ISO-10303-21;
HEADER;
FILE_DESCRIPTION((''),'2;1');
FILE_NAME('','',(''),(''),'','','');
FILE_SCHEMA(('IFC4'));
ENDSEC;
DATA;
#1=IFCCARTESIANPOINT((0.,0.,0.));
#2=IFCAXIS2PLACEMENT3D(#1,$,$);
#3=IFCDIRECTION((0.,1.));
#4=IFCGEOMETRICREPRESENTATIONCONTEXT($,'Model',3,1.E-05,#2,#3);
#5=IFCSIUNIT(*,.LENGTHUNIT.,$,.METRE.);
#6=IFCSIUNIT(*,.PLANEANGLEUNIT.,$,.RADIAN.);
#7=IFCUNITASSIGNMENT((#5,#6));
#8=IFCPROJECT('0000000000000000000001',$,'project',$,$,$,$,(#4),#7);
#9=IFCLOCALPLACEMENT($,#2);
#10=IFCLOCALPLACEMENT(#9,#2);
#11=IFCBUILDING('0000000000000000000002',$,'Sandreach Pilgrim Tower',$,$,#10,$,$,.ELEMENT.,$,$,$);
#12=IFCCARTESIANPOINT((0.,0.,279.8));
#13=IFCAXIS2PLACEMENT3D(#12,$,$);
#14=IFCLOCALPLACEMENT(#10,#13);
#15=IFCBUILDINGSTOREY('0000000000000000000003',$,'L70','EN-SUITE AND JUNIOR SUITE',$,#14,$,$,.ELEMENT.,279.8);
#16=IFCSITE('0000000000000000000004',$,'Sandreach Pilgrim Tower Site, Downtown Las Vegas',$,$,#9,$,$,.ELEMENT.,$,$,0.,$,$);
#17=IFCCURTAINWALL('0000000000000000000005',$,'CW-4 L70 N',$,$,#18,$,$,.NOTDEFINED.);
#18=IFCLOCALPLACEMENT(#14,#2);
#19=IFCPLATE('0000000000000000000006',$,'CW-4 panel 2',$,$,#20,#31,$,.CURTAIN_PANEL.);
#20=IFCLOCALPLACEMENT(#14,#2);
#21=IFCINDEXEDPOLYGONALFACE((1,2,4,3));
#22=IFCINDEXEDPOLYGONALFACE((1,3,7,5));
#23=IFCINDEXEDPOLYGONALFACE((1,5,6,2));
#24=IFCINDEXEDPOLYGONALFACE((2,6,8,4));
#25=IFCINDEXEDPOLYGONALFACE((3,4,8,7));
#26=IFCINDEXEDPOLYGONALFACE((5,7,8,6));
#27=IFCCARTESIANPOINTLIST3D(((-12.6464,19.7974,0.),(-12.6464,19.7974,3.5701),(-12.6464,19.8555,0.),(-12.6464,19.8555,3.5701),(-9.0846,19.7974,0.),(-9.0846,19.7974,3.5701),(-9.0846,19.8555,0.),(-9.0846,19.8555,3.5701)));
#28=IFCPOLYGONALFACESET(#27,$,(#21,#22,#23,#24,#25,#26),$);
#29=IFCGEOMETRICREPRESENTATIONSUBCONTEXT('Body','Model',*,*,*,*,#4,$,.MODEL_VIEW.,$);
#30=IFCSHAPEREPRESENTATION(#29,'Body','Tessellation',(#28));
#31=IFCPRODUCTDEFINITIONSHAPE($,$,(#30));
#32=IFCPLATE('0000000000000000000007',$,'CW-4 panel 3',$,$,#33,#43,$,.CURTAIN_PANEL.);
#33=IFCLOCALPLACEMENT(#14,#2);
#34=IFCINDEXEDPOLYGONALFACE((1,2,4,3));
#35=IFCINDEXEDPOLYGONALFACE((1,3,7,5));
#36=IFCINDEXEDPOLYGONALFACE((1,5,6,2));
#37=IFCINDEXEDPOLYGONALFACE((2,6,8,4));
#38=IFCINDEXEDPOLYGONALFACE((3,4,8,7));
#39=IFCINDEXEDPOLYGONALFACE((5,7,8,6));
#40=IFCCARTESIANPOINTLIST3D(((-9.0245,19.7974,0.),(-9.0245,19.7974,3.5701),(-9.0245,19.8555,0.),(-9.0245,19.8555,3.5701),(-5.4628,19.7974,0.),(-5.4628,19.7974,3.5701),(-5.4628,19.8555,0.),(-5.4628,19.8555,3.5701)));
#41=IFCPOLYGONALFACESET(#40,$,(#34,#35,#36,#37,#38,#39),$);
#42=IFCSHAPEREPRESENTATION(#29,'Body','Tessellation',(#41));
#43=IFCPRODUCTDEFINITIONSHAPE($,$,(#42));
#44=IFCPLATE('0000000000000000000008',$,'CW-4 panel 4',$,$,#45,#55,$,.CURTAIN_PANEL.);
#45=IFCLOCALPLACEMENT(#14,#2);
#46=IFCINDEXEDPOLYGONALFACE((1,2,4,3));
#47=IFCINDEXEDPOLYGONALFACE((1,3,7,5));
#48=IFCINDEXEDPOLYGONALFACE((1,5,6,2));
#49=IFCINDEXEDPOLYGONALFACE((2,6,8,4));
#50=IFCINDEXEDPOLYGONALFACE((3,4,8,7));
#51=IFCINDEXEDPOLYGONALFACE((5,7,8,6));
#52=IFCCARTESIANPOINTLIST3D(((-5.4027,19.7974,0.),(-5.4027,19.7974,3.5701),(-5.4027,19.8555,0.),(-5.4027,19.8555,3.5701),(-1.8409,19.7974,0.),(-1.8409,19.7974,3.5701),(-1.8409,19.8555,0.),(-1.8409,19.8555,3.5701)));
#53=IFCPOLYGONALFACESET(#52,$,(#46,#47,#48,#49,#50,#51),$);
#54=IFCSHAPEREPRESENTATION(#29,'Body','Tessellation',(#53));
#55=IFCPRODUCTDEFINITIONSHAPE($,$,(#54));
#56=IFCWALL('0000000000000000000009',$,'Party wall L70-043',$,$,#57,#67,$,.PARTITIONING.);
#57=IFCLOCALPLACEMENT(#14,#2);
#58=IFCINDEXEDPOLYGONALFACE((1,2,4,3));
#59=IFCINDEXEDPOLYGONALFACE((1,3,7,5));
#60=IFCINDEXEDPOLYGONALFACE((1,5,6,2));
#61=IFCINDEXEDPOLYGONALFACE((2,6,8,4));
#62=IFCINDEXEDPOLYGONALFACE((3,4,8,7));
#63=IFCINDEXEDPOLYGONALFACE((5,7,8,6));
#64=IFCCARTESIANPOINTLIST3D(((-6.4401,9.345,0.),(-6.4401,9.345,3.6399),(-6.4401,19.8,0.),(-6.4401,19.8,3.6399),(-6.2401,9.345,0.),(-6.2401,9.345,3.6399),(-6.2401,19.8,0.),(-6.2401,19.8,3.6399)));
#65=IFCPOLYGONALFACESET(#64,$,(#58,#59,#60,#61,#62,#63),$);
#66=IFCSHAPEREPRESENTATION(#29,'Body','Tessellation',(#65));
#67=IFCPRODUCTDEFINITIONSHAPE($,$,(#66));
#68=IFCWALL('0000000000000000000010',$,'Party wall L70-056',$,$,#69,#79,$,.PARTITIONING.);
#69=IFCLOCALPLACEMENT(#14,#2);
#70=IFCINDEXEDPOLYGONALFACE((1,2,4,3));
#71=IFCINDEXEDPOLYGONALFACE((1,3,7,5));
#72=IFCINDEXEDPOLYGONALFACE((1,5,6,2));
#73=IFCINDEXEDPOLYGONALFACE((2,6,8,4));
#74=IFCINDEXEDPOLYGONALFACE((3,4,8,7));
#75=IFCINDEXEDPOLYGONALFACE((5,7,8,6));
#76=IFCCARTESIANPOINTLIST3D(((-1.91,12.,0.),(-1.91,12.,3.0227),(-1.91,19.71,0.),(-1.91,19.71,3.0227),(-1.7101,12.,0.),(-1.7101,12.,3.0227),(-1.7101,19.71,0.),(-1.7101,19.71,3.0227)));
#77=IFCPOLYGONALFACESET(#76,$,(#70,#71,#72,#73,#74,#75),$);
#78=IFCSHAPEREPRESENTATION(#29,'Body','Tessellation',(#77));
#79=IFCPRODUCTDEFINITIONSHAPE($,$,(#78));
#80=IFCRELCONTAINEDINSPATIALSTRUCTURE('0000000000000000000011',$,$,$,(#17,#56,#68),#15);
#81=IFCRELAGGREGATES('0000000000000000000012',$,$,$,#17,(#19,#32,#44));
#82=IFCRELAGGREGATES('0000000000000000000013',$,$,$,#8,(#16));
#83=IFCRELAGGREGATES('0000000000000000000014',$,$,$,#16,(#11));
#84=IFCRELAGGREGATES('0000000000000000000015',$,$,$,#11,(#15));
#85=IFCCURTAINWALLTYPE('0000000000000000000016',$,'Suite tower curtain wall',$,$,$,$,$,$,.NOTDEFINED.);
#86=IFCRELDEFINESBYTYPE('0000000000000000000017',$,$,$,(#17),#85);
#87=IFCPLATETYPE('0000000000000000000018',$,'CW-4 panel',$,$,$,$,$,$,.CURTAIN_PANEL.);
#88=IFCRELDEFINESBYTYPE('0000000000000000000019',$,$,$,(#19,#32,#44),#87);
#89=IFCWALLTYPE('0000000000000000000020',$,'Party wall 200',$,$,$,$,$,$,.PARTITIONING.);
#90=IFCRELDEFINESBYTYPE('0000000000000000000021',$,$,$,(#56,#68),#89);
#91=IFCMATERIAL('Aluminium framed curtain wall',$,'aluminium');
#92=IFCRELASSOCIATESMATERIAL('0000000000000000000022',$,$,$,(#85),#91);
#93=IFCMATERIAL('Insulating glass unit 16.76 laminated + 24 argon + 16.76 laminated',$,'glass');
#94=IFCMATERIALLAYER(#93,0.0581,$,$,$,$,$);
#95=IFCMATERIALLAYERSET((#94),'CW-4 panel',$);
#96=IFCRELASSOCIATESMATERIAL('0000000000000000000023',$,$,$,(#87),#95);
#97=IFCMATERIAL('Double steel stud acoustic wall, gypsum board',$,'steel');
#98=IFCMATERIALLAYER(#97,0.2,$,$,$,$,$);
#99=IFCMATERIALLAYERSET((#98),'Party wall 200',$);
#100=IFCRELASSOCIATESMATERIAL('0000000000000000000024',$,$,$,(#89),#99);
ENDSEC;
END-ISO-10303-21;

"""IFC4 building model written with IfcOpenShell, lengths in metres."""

from ifc_helpers import new_model, si_unit, direction, frame, frame_2d, origin, origin_2d, place, context, subcontext, project, spatial, rectangle, extrude, material, layer, layer_set, type_object, element, aggregate, save


model = new_model("IFC4")

# Units and contexts
model_context = context("Model", 3, precision=1e-05, world=origin(), true_north=direction((0.0, 1.0)))
body_context = subcontext(model_context, "Body", "Model", "MODEL_VIEW")
ifc_project = project(units=[si_unit("LENGTHUNIT", "METRE"), si_unit("PLANEANGLEUNIT", "RADIAN")], contexts=[model_context])

# Site, building, storey
site_placement = place(None, origin())
site = spatial("IfcSite", under=ifc_project, at=site_placement, Name="Sandreach Pilgrim Tower Site, Downtown Las Vegas", CompositionType="ELEMENT", RefElevation=0.0)
building_placement = place(site_placement, origin())
building = spatial("IfcBuilding", under=site, at=building_placement, Name="Sandreach Pilgrim Tower", CompositionType="ELEMENT")
storey_placement = place(building_placement, frame((0.0, 0.0, 279.8)))
storey = spatial("IfcBuildingStorey", under=building, at=storey_placement, Name="L70", Description="EN-SUITE AND JUNIOR SUITE", CompositionType="ELEMENT", Elevation=279.8)

# Curtain wall
ifc_material_1 = material(Name="Aluminium framed curtain wall", Category="aluminium")
curtain_wall_type = type_object("IfcCurtainWallType", Name="Suite tower curtain wall", PredefinedType="NOTDEFINED", material=ifc_material_1)
curtain_wall_placement = place(storey_placement, origin())
curtain_wall = element("IfcCurtainWall", 1, at=curtain_wall_placement, inside=storey, type_object=curtain_wall_type, Name="CW-4 L70 N", PredefinedType="NOTDEFINED")

# Plates
ifc_material_2 = material(Name="Insulating glass unit 16.76 laminated + 24 argon + 16.76 laminated", Category="glass")
ifc_layer_1 = layer(ifc_material_2, 0.0581)
ifc_layer_set_1 = layer_set([ifc_layer_1], Name="CW-4 panel")
plate_type = type_object("IfcPlateType", Name="CW-4 panel", PredefinedType="CURTAIN_PANEL", material=ifc_layer_set_1)
plate_1_placement = place(storey_placement, frame((-10.8655, 19.8264, 0.0), z_axis=(0.0, 0.0, 1.0), x_axis=(1.0, 0.0, 0.0)))
plate_1 = element("IfcPlate", 2, at=plate_1_placement, type_object=plate_type, Name="CW-4 panel 2", PredefinedType="CURTAIN_PANEL", context=body_context, shape_type="SweptSolid", body=[
    extrude(rectangle(XDim=3.5618, YDim=0.0581, at=origin_2d()), origin(), (0.0, 0.0, 1.0), 3.5701),
])
plate_2_placement = place(storey_placement, frame((-7.2437, 19.8264, 0.0), z_axis=(0.0, 0.0, 1.0), x_axis=(1.0, 0.0, 0.0)))
plate_2 = element("IfcPlate", 3, at=plate_2_placement, type_object=plate_type, Name="CW-4 panel 3", PredefinedType="CURTAIN_PANEL", context=body_context, shape_type="SweptSolid", body=[
    extrude(rectangle(XDim=3.5618, YDim=0.0581, at=origin_2d()), origin(), (0.0, 0.0, 1.0), 3.5701),
])
plate_3_placement = place(storey_placement, frame((-3.6218, 19.8264, 0.0), z_axis=(0.0, 0.0, 1.0), x_axis=(1.0, 0.0, 0.0)))
plate_3 = element("IfcPlate", 4, at=plate_3_placement, type_object=plate_type, Name="CW-4 panel 4", PredefinedType="CURTAIN_PANEL", context=body_context, shape_type="SweptSolid", body=[
    extrude(rectangle(XDim=3.5618, YDim=0.0581, at=origin_2d()), origin(), (0.0, 0.0, 1.0), 3.5701),
])
aggregate(curtain_wall, [plate_1, plate_2, plate_3])

# Walls
ifc_material_3 = material(Name="Double steel stud acoustic wall, gypsum board", Category="steel")
ifc_layer_2 = layer(ifc_material_3, 0.2)
ifc_layer_set_2 = layer_set([ifc_layer_2], Name="Party wall 200")
wall_type = type_object("IfcWallType", Name="Party wall 200", PredefinedType="PARTITIONING", material=ifc_layer_set_2)
wall_1_placement = place(storey_placement, frame((-6.3401, 19.8, 0.0), z_axis=(0.0, 0.0, 1.0), x_axis=(0.0, -1.0, 0.0)))
element("IfcWall", 5, at=wall_1_placement, inside=storey, type_object=wall_type, Name="Party wall L70-043", PredefinedType="PARTITIONING", context=body_context, shape_type="SweptSolid", body=[
    extrude(rectangle(XDim=10.4551, YDim=0.2, at=frame_2d((5.2275, 0.0))), origin(), (0.0, 0.0, 1.0), 3.6399),
])
wall_2_placement = place(storey_placement, frame((-1.8101, 19.71, 0.0), z_axis=(0.0, 0.0, 1.0), x_axis=(0.0, -1.0, 0.0)))
element("IfcWall", 6, at=wall_2_placement, inside=storey, type_object=wall_type, Name="Party wall L70-056", PredefinedType="PARTITIONING", context=body_context, shape_type="SweptSolid", body=[
    extrude(rectangle(XDim=7.71, YDim=0.2, at=frame_2d((3.855, 0.0))), origin(), (0.0, 0.0, 1.0), 3.0227),
])

save(model, "model.ifc")
